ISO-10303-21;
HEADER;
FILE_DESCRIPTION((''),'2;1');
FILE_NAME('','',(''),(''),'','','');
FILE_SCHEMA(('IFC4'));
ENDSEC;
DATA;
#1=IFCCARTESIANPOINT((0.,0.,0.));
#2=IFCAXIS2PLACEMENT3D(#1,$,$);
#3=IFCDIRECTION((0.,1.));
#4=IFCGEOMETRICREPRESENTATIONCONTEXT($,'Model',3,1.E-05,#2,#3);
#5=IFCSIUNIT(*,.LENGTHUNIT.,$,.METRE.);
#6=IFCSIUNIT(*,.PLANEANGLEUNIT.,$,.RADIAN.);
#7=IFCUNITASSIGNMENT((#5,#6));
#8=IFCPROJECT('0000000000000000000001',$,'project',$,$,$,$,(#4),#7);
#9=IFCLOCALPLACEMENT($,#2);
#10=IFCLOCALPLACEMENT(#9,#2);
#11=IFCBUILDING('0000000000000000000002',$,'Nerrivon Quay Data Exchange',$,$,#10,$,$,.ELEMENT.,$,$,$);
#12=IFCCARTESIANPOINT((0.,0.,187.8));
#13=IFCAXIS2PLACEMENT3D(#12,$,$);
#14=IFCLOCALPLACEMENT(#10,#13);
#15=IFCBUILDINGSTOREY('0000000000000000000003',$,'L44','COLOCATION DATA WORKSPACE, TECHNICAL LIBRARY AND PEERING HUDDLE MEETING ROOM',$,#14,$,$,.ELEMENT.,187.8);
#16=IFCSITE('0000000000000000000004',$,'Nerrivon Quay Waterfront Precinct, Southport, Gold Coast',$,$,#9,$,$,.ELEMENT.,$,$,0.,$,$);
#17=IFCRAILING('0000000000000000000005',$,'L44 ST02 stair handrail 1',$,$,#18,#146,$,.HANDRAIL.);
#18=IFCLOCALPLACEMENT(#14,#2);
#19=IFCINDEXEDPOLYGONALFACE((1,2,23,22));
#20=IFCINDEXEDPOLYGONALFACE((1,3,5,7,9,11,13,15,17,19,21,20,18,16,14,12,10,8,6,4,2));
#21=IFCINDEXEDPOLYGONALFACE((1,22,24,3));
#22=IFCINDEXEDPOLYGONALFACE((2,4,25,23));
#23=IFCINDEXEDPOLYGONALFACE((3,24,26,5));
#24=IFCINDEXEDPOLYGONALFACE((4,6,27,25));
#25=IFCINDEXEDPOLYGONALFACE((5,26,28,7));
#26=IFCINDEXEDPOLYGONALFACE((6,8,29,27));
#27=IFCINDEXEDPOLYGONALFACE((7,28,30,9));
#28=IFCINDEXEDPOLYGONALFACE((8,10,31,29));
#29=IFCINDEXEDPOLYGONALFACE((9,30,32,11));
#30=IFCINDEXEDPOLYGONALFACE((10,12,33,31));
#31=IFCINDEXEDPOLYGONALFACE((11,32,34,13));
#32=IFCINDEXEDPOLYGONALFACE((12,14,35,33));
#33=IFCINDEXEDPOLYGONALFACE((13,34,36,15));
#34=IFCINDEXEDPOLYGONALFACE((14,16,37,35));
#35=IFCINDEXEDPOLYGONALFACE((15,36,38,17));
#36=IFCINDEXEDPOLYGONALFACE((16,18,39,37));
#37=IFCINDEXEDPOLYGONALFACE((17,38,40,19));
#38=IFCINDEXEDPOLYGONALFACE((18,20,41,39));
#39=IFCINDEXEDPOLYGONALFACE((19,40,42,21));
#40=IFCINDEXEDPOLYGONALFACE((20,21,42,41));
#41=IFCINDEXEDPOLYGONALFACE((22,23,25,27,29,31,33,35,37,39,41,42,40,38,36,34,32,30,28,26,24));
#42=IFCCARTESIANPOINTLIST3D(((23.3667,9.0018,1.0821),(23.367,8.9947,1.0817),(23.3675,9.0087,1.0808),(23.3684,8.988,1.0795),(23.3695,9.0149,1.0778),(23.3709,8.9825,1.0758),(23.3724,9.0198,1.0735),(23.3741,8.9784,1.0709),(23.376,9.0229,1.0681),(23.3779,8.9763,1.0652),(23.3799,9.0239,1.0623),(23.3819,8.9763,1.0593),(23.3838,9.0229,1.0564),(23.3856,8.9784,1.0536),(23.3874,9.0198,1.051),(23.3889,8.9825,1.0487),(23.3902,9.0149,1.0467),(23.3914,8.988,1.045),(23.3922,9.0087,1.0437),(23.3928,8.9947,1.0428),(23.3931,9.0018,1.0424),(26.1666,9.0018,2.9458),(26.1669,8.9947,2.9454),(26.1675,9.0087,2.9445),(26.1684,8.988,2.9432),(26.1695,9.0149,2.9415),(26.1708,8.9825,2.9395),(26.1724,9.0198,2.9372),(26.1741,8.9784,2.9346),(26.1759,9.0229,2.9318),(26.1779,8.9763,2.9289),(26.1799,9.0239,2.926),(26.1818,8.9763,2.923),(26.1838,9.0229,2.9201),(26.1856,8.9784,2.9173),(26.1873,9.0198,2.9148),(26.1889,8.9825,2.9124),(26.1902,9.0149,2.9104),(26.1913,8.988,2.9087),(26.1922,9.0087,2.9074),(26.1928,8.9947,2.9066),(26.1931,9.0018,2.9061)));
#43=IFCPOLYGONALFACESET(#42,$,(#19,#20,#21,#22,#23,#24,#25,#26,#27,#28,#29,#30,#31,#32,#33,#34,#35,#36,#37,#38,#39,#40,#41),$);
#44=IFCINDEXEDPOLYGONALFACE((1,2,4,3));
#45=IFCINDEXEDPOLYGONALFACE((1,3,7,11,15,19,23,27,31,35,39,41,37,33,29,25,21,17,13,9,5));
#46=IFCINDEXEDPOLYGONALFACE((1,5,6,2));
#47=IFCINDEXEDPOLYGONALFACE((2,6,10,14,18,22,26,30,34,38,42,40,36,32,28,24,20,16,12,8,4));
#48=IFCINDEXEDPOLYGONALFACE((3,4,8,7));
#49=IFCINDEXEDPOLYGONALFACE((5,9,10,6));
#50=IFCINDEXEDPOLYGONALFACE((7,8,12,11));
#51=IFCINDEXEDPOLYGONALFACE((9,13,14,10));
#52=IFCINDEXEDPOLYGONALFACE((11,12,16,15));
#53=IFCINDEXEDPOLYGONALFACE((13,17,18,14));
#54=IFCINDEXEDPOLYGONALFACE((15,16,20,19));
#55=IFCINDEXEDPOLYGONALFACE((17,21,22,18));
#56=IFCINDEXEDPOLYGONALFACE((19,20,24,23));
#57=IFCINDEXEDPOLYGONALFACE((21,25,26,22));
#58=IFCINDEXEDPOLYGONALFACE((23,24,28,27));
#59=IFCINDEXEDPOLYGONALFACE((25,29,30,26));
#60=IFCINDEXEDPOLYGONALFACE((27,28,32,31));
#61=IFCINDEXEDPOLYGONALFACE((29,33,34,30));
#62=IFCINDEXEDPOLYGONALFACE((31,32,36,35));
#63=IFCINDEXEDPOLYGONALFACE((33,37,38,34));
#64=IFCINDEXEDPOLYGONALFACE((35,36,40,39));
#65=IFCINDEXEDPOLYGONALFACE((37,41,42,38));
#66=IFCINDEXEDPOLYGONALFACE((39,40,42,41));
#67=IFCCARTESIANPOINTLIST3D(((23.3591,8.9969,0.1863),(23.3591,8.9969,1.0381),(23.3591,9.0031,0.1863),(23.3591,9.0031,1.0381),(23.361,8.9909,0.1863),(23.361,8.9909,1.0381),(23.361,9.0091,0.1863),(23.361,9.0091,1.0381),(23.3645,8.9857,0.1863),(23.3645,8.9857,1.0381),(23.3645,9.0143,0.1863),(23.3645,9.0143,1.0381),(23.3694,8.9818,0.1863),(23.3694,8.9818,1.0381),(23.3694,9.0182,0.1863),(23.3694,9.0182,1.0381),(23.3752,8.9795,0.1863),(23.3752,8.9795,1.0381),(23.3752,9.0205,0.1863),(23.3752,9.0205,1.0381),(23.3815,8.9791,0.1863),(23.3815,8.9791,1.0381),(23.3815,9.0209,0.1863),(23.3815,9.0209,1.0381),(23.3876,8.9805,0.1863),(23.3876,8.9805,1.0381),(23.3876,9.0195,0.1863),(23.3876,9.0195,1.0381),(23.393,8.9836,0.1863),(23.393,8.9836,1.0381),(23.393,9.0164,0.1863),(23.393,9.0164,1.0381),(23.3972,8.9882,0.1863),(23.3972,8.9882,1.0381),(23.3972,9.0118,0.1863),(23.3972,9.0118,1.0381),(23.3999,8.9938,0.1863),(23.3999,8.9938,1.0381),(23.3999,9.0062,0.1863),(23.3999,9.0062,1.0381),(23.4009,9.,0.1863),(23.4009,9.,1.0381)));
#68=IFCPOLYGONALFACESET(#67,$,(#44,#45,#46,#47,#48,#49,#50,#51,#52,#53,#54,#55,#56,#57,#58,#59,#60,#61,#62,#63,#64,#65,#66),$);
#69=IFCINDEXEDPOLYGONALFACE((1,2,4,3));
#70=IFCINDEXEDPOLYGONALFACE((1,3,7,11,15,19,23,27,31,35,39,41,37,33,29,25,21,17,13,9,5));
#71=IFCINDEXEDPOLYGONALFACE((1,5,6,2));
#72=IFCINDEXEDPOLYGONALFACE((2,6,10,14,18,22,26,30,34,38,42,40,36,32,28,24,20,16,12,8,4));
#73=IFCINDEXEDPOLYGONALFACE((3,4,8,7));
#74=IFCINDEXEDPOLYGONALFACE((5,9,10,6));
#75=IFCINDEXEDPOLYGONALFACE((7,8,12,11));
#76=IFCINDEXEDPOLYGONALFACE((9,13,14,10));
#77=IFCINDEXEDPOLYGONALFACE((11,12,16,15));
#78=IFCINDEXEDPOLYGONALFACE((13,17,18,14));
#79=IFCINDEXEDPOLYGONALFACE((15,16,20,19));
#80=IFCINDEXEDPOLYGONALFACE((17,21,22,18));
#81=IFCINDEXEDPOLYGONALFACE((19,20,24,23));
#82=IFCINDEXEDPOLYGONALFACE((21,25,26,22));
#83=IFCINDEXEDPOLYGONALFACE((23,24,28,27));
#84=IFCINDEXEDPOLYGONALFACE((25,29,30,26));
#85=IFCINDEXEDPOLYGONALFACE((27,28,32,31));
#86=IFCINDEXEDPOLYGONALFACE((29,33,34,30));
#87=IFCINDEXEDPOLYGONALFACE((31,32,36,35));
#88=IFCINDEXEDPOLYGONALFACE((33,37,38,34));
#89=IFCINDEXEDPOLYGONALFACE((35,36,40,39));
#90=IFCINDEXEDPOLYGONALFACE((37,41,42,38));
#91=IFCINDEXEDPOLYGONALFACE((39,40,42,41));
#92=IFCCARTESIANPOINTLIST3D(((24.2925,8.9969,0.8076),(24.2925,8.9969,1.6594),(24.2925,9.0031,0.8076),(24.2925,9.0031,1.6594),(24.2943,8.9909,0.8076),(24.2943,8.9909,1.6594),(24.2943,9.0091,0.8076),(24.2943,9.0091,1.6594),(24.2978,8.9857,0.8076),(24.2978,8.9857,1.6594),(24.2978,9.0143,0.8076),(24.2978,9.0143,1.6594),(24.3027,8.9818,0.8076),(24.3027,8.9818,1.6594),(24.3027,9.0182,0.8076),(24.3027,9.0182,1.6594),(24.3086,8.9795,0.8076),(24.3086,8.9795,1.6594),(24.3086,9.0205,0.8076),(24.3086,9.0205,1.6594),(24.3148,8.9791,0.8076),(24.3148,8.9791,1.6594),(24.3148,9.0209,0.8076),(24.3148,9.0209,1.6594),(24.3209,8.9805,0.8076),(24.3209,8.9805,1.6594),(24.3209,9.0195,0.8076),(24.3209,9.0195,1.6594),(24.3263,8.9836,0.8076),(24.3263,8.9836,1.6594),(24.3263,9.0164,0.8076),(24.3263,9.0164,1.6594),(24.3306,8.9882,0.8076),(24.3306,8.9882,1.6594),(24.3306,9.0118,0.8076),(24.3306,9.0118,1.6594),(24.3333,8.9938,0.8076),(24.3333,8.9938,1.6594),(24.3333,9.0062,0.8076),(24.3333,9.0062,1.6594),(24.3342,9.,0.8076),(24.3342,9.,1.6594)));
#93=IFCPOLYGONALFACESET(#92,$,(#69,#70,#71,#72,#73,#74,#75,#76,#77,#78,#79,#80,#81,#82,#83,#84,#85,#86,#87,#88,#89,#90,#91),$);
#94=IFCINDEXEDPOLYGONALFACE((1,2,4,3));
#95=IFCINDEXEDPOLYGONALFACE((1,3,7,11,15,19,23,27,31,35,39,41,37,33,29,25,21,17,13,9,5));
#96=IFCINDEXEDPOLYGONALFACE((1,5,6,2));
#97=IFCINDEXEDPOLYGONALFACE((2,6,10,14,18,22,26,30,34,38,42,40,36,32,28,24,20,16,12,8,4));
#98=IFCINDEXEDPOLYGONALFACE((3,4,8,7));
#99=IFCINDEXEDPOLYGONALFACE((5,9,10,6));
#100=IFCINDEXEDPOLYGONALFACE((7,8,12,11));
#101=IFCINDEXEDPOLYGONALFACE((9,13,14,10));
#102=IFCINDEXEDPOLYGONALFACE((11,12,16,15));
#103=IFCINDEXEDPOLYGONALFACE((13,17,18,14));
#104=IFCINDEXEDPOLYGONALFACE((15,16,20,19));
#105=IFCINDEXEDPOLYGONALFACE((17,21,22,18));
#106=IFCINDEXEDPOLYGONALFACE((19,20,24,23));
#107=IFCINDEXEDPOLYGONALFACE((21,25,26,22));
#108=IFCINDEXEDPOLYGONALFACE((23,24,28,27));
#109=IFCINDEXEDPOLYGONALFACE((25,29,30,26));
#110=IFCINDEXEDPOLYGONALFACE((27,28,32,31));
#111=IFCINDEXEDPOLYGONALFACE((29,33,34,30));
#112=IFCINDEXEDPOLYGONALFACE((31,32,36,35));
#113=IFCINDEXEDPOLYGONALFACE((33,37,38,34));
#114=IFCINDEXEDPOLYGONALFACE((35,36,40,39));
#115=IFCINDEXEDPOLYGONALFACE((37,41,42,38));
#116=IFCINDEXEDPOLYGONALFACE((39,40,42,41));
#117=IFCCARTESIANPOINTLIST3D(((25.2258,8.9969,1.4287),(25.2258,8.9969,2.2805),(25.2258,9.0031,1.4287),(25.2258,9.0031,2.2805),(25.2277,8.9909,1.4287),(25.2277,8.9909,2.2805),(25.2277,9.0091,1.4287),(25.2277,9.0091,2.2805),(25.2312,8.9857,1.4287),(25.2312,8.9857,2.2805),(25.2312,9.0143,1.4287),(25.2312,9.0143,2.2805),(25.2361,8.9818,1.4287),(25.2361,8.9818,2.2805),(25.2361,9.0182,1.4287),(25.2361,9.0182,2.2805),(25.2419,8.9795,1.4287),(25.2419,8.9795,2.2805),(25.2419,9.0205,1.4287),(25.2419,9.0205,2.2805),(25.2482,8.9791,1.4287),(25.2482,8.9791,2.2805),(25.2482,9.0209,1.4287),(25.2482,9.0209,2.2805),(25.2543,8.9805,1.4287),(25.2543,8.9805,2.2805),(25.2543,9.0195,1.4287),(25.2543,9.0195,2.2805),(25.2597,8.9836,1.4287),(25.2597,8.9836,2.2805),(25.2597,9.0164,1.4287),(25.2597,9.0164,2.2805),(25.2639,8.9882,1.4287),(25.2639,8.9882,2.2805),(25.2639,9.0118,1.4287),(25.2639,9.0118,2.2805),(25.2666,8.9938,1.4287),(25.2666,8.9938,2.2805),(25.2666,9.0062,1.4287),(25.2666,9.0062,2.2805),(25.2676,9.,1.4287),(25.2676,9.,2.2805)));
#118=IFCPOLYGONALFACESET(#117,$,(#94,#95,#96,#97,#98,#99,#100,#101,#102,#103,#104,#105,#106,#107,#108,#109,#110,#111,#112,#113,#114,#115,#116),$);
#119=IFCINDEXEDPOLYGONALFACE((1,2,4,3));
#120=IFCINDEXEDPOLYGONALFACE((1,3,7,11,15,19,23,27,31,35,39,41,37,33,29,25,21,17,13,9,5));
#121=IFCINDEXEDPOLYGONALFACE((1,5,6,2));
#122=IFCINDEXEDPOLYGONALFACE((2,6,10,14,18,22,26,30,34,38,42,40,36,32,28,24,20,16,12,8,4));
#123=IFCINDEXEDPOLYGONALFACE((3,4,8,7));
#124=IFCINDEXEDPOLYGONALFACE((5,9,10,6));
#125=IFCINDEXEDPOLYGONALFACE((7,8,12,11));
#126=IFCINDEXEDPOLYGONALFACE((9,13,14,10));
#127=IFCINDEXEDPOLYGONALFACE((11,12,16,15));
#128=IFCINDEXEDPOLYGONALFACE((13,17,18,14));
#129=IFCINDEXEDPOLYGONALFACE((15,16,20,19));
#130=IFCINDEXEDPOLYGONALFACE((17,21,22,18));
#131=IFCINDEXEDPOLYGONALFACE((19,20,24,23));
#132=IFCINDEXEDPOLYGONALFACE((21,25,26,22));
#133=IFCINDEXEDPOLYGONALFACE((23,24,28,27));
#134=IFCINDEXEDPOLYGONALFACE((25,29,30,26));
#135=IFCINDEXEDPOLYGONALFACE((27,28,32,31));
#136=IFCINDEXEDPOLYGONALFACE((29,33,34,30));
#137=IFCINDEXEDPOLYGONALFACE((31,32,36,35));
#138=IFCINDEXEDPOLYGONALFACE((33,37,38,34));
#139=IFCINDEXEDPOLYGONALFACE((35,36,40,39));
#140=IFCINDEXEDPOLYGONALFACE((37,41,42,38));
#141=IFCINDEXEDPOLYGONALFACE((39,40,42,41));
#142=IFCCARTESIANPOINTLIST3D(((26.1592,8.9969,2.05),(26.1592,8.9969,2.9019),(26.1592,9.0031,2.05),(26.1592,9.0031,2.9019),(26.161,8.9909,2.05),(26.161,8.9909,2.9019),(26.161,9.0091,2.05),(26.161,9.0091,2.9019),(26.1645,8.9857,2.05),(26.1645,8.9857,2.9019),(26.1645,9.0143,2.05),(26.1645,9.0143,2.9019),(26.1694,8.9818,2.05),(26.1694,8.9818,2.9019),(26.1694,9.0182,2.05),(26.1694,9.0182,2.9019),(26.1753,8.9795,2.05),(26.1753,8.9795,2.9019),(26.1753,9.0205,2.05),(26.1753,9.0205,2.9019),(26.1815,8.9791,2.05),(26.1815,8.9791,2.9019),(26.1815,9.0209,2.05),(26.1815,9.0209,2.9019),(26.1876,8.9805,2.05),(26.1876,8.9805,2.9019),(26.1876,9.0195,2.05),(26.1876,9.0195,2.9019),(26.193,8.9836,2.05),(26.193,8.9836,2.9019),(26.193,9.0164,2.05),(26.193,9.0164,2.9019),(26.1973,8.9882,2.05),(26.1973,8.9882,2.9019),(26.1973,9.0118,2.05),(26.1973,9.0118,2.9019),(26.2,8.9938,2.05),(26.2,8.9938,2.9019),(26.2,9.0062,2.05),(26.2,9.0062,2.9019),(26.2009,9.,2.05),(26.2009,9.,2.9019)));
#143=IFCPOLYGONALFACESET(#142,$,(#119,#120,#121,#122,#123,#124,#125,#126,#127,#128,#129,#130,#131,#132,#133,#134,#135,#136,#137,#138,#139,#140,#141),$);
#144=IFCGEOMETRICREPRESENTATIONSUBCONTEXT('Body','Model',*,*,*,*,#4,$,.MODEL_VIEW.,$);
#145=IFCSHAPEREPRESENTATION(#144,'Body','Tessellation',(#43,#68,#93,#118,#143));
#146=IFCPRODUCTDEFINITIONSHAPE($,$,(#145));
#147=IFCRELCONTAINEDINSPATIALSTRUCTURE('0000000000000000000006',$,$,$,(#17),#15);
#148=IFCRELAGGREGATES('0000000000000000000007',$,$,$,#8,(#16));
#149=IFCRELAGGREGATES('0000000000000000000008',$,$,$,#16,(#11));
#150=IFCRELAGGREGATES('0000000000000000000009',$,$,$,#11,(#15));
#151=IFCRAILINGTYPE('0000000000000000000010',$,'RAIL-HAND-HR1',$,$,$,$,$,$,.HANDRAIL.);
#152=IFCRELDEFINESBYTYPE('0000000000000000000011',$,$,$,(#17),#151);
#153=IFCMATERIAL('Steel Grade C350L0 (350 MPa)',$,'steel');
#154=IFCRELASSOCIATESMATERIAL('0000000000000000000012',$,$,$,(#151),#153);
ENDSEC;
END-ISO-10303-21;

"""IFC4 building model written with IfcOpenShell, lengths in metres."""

from ifc_helpers import new_model, si_unit, direction, frame, origin, origin_2d, place, context, subcontext, project, spatial, circle, extrude, material, type_object, element, save


model = new_model("IFC4")

# Units and contexts
model_context = context("Model", 3, precision=1e-05, world=origin(), true_north=direction((0.0, 1.0)))
body_context = subcontext(model_context, "Body", "Model", "MODEL_VIEW")
ifc_project = project(units=[si_unit("LENGTHUNIT", "METRE"), si_unit("PLANEANGLEUNIT", "RADIAN")], contexts=[model_context])

# Site, building, storey
site_placement = place(None, origin())
site = spatial("IfcSite", under=ifc_project, at=site_placement, Name="Nerrivon Quay Waterfront Precinct, Southport, Gold Coast", CompositionType="ELEMENT", RefElevation=0.0)
building_placement = place(site_placement, origin())
building = spatial("IfcBuilding", under=site, at=building_placement, Name="Nerrivon Quay Data Exchange", CompositionType="ELEMENT")
storey_placement = place(building_placement, frame((0.0, 0.0, 187.8)))
storey = spatial("IfcBuildingStorey", under=building, at=storey_placement, Name="L44", Description="COLOCATION DATA WORKSPACE, TECHNICAL LIBRARY AND PEERING HUDDLE MEETING ROOM", CompositionType="ELEMENT", Elevation=187.8)

# Railing
ifc_material_1 = material(Name="Steel Grade C350L0 (350 MPa)", Category="steel")
railing_type_1 = type_object("IfcRailingType", Name="RAIL-HAND-HR1", PredefinedType="HANDRAIL", material=ifc_material_1)
railing_1_placement = place(storey_placement, frame((23.3799, 9.0, 0.1863)))
element("IfcRailing", 1, at=railing_1_placement, inside=storey, type_object=railing_type_1, Name="L44 ST02 stair handrail 1", PredefinedType="HANDRAIL", context=body_context, shape_type="SweptSolid", body=[
    extrude(circle(Radius=0.0239, at=origin_2d()), frame((0.0, 0.0, 0.876), z_axis=(0.832452, 0.0, 0.554097), x_axis=(0.0, 1.0, 0.0)), (0.0, 0.0, 1.0), 3.3635),
    extrude(circle(Radius=0.021, at=origin_2d()), origin(), (0.0, 0.0, 1.0), 0.8518),
    extrude(circle(Radius=0.021, at=origin_2d()), frame((0.9333, 0.0, 0.6213)), (0.0, 0.0, 1.0), 0.8518),
    extrude(circle(Radius=0.021, at=origin_2d()), frame((1.8667, 0.0, 1.2424)), (0.0, 0.0, 1.0), 0.8518),
    extrude(circle(Radius=0.021, at=origin_2d()), frame((2.8, 0.0, 1.8638)), (0.0, 0.0, 1.0), 0.8518),
])

save(model, "model.ifc")
